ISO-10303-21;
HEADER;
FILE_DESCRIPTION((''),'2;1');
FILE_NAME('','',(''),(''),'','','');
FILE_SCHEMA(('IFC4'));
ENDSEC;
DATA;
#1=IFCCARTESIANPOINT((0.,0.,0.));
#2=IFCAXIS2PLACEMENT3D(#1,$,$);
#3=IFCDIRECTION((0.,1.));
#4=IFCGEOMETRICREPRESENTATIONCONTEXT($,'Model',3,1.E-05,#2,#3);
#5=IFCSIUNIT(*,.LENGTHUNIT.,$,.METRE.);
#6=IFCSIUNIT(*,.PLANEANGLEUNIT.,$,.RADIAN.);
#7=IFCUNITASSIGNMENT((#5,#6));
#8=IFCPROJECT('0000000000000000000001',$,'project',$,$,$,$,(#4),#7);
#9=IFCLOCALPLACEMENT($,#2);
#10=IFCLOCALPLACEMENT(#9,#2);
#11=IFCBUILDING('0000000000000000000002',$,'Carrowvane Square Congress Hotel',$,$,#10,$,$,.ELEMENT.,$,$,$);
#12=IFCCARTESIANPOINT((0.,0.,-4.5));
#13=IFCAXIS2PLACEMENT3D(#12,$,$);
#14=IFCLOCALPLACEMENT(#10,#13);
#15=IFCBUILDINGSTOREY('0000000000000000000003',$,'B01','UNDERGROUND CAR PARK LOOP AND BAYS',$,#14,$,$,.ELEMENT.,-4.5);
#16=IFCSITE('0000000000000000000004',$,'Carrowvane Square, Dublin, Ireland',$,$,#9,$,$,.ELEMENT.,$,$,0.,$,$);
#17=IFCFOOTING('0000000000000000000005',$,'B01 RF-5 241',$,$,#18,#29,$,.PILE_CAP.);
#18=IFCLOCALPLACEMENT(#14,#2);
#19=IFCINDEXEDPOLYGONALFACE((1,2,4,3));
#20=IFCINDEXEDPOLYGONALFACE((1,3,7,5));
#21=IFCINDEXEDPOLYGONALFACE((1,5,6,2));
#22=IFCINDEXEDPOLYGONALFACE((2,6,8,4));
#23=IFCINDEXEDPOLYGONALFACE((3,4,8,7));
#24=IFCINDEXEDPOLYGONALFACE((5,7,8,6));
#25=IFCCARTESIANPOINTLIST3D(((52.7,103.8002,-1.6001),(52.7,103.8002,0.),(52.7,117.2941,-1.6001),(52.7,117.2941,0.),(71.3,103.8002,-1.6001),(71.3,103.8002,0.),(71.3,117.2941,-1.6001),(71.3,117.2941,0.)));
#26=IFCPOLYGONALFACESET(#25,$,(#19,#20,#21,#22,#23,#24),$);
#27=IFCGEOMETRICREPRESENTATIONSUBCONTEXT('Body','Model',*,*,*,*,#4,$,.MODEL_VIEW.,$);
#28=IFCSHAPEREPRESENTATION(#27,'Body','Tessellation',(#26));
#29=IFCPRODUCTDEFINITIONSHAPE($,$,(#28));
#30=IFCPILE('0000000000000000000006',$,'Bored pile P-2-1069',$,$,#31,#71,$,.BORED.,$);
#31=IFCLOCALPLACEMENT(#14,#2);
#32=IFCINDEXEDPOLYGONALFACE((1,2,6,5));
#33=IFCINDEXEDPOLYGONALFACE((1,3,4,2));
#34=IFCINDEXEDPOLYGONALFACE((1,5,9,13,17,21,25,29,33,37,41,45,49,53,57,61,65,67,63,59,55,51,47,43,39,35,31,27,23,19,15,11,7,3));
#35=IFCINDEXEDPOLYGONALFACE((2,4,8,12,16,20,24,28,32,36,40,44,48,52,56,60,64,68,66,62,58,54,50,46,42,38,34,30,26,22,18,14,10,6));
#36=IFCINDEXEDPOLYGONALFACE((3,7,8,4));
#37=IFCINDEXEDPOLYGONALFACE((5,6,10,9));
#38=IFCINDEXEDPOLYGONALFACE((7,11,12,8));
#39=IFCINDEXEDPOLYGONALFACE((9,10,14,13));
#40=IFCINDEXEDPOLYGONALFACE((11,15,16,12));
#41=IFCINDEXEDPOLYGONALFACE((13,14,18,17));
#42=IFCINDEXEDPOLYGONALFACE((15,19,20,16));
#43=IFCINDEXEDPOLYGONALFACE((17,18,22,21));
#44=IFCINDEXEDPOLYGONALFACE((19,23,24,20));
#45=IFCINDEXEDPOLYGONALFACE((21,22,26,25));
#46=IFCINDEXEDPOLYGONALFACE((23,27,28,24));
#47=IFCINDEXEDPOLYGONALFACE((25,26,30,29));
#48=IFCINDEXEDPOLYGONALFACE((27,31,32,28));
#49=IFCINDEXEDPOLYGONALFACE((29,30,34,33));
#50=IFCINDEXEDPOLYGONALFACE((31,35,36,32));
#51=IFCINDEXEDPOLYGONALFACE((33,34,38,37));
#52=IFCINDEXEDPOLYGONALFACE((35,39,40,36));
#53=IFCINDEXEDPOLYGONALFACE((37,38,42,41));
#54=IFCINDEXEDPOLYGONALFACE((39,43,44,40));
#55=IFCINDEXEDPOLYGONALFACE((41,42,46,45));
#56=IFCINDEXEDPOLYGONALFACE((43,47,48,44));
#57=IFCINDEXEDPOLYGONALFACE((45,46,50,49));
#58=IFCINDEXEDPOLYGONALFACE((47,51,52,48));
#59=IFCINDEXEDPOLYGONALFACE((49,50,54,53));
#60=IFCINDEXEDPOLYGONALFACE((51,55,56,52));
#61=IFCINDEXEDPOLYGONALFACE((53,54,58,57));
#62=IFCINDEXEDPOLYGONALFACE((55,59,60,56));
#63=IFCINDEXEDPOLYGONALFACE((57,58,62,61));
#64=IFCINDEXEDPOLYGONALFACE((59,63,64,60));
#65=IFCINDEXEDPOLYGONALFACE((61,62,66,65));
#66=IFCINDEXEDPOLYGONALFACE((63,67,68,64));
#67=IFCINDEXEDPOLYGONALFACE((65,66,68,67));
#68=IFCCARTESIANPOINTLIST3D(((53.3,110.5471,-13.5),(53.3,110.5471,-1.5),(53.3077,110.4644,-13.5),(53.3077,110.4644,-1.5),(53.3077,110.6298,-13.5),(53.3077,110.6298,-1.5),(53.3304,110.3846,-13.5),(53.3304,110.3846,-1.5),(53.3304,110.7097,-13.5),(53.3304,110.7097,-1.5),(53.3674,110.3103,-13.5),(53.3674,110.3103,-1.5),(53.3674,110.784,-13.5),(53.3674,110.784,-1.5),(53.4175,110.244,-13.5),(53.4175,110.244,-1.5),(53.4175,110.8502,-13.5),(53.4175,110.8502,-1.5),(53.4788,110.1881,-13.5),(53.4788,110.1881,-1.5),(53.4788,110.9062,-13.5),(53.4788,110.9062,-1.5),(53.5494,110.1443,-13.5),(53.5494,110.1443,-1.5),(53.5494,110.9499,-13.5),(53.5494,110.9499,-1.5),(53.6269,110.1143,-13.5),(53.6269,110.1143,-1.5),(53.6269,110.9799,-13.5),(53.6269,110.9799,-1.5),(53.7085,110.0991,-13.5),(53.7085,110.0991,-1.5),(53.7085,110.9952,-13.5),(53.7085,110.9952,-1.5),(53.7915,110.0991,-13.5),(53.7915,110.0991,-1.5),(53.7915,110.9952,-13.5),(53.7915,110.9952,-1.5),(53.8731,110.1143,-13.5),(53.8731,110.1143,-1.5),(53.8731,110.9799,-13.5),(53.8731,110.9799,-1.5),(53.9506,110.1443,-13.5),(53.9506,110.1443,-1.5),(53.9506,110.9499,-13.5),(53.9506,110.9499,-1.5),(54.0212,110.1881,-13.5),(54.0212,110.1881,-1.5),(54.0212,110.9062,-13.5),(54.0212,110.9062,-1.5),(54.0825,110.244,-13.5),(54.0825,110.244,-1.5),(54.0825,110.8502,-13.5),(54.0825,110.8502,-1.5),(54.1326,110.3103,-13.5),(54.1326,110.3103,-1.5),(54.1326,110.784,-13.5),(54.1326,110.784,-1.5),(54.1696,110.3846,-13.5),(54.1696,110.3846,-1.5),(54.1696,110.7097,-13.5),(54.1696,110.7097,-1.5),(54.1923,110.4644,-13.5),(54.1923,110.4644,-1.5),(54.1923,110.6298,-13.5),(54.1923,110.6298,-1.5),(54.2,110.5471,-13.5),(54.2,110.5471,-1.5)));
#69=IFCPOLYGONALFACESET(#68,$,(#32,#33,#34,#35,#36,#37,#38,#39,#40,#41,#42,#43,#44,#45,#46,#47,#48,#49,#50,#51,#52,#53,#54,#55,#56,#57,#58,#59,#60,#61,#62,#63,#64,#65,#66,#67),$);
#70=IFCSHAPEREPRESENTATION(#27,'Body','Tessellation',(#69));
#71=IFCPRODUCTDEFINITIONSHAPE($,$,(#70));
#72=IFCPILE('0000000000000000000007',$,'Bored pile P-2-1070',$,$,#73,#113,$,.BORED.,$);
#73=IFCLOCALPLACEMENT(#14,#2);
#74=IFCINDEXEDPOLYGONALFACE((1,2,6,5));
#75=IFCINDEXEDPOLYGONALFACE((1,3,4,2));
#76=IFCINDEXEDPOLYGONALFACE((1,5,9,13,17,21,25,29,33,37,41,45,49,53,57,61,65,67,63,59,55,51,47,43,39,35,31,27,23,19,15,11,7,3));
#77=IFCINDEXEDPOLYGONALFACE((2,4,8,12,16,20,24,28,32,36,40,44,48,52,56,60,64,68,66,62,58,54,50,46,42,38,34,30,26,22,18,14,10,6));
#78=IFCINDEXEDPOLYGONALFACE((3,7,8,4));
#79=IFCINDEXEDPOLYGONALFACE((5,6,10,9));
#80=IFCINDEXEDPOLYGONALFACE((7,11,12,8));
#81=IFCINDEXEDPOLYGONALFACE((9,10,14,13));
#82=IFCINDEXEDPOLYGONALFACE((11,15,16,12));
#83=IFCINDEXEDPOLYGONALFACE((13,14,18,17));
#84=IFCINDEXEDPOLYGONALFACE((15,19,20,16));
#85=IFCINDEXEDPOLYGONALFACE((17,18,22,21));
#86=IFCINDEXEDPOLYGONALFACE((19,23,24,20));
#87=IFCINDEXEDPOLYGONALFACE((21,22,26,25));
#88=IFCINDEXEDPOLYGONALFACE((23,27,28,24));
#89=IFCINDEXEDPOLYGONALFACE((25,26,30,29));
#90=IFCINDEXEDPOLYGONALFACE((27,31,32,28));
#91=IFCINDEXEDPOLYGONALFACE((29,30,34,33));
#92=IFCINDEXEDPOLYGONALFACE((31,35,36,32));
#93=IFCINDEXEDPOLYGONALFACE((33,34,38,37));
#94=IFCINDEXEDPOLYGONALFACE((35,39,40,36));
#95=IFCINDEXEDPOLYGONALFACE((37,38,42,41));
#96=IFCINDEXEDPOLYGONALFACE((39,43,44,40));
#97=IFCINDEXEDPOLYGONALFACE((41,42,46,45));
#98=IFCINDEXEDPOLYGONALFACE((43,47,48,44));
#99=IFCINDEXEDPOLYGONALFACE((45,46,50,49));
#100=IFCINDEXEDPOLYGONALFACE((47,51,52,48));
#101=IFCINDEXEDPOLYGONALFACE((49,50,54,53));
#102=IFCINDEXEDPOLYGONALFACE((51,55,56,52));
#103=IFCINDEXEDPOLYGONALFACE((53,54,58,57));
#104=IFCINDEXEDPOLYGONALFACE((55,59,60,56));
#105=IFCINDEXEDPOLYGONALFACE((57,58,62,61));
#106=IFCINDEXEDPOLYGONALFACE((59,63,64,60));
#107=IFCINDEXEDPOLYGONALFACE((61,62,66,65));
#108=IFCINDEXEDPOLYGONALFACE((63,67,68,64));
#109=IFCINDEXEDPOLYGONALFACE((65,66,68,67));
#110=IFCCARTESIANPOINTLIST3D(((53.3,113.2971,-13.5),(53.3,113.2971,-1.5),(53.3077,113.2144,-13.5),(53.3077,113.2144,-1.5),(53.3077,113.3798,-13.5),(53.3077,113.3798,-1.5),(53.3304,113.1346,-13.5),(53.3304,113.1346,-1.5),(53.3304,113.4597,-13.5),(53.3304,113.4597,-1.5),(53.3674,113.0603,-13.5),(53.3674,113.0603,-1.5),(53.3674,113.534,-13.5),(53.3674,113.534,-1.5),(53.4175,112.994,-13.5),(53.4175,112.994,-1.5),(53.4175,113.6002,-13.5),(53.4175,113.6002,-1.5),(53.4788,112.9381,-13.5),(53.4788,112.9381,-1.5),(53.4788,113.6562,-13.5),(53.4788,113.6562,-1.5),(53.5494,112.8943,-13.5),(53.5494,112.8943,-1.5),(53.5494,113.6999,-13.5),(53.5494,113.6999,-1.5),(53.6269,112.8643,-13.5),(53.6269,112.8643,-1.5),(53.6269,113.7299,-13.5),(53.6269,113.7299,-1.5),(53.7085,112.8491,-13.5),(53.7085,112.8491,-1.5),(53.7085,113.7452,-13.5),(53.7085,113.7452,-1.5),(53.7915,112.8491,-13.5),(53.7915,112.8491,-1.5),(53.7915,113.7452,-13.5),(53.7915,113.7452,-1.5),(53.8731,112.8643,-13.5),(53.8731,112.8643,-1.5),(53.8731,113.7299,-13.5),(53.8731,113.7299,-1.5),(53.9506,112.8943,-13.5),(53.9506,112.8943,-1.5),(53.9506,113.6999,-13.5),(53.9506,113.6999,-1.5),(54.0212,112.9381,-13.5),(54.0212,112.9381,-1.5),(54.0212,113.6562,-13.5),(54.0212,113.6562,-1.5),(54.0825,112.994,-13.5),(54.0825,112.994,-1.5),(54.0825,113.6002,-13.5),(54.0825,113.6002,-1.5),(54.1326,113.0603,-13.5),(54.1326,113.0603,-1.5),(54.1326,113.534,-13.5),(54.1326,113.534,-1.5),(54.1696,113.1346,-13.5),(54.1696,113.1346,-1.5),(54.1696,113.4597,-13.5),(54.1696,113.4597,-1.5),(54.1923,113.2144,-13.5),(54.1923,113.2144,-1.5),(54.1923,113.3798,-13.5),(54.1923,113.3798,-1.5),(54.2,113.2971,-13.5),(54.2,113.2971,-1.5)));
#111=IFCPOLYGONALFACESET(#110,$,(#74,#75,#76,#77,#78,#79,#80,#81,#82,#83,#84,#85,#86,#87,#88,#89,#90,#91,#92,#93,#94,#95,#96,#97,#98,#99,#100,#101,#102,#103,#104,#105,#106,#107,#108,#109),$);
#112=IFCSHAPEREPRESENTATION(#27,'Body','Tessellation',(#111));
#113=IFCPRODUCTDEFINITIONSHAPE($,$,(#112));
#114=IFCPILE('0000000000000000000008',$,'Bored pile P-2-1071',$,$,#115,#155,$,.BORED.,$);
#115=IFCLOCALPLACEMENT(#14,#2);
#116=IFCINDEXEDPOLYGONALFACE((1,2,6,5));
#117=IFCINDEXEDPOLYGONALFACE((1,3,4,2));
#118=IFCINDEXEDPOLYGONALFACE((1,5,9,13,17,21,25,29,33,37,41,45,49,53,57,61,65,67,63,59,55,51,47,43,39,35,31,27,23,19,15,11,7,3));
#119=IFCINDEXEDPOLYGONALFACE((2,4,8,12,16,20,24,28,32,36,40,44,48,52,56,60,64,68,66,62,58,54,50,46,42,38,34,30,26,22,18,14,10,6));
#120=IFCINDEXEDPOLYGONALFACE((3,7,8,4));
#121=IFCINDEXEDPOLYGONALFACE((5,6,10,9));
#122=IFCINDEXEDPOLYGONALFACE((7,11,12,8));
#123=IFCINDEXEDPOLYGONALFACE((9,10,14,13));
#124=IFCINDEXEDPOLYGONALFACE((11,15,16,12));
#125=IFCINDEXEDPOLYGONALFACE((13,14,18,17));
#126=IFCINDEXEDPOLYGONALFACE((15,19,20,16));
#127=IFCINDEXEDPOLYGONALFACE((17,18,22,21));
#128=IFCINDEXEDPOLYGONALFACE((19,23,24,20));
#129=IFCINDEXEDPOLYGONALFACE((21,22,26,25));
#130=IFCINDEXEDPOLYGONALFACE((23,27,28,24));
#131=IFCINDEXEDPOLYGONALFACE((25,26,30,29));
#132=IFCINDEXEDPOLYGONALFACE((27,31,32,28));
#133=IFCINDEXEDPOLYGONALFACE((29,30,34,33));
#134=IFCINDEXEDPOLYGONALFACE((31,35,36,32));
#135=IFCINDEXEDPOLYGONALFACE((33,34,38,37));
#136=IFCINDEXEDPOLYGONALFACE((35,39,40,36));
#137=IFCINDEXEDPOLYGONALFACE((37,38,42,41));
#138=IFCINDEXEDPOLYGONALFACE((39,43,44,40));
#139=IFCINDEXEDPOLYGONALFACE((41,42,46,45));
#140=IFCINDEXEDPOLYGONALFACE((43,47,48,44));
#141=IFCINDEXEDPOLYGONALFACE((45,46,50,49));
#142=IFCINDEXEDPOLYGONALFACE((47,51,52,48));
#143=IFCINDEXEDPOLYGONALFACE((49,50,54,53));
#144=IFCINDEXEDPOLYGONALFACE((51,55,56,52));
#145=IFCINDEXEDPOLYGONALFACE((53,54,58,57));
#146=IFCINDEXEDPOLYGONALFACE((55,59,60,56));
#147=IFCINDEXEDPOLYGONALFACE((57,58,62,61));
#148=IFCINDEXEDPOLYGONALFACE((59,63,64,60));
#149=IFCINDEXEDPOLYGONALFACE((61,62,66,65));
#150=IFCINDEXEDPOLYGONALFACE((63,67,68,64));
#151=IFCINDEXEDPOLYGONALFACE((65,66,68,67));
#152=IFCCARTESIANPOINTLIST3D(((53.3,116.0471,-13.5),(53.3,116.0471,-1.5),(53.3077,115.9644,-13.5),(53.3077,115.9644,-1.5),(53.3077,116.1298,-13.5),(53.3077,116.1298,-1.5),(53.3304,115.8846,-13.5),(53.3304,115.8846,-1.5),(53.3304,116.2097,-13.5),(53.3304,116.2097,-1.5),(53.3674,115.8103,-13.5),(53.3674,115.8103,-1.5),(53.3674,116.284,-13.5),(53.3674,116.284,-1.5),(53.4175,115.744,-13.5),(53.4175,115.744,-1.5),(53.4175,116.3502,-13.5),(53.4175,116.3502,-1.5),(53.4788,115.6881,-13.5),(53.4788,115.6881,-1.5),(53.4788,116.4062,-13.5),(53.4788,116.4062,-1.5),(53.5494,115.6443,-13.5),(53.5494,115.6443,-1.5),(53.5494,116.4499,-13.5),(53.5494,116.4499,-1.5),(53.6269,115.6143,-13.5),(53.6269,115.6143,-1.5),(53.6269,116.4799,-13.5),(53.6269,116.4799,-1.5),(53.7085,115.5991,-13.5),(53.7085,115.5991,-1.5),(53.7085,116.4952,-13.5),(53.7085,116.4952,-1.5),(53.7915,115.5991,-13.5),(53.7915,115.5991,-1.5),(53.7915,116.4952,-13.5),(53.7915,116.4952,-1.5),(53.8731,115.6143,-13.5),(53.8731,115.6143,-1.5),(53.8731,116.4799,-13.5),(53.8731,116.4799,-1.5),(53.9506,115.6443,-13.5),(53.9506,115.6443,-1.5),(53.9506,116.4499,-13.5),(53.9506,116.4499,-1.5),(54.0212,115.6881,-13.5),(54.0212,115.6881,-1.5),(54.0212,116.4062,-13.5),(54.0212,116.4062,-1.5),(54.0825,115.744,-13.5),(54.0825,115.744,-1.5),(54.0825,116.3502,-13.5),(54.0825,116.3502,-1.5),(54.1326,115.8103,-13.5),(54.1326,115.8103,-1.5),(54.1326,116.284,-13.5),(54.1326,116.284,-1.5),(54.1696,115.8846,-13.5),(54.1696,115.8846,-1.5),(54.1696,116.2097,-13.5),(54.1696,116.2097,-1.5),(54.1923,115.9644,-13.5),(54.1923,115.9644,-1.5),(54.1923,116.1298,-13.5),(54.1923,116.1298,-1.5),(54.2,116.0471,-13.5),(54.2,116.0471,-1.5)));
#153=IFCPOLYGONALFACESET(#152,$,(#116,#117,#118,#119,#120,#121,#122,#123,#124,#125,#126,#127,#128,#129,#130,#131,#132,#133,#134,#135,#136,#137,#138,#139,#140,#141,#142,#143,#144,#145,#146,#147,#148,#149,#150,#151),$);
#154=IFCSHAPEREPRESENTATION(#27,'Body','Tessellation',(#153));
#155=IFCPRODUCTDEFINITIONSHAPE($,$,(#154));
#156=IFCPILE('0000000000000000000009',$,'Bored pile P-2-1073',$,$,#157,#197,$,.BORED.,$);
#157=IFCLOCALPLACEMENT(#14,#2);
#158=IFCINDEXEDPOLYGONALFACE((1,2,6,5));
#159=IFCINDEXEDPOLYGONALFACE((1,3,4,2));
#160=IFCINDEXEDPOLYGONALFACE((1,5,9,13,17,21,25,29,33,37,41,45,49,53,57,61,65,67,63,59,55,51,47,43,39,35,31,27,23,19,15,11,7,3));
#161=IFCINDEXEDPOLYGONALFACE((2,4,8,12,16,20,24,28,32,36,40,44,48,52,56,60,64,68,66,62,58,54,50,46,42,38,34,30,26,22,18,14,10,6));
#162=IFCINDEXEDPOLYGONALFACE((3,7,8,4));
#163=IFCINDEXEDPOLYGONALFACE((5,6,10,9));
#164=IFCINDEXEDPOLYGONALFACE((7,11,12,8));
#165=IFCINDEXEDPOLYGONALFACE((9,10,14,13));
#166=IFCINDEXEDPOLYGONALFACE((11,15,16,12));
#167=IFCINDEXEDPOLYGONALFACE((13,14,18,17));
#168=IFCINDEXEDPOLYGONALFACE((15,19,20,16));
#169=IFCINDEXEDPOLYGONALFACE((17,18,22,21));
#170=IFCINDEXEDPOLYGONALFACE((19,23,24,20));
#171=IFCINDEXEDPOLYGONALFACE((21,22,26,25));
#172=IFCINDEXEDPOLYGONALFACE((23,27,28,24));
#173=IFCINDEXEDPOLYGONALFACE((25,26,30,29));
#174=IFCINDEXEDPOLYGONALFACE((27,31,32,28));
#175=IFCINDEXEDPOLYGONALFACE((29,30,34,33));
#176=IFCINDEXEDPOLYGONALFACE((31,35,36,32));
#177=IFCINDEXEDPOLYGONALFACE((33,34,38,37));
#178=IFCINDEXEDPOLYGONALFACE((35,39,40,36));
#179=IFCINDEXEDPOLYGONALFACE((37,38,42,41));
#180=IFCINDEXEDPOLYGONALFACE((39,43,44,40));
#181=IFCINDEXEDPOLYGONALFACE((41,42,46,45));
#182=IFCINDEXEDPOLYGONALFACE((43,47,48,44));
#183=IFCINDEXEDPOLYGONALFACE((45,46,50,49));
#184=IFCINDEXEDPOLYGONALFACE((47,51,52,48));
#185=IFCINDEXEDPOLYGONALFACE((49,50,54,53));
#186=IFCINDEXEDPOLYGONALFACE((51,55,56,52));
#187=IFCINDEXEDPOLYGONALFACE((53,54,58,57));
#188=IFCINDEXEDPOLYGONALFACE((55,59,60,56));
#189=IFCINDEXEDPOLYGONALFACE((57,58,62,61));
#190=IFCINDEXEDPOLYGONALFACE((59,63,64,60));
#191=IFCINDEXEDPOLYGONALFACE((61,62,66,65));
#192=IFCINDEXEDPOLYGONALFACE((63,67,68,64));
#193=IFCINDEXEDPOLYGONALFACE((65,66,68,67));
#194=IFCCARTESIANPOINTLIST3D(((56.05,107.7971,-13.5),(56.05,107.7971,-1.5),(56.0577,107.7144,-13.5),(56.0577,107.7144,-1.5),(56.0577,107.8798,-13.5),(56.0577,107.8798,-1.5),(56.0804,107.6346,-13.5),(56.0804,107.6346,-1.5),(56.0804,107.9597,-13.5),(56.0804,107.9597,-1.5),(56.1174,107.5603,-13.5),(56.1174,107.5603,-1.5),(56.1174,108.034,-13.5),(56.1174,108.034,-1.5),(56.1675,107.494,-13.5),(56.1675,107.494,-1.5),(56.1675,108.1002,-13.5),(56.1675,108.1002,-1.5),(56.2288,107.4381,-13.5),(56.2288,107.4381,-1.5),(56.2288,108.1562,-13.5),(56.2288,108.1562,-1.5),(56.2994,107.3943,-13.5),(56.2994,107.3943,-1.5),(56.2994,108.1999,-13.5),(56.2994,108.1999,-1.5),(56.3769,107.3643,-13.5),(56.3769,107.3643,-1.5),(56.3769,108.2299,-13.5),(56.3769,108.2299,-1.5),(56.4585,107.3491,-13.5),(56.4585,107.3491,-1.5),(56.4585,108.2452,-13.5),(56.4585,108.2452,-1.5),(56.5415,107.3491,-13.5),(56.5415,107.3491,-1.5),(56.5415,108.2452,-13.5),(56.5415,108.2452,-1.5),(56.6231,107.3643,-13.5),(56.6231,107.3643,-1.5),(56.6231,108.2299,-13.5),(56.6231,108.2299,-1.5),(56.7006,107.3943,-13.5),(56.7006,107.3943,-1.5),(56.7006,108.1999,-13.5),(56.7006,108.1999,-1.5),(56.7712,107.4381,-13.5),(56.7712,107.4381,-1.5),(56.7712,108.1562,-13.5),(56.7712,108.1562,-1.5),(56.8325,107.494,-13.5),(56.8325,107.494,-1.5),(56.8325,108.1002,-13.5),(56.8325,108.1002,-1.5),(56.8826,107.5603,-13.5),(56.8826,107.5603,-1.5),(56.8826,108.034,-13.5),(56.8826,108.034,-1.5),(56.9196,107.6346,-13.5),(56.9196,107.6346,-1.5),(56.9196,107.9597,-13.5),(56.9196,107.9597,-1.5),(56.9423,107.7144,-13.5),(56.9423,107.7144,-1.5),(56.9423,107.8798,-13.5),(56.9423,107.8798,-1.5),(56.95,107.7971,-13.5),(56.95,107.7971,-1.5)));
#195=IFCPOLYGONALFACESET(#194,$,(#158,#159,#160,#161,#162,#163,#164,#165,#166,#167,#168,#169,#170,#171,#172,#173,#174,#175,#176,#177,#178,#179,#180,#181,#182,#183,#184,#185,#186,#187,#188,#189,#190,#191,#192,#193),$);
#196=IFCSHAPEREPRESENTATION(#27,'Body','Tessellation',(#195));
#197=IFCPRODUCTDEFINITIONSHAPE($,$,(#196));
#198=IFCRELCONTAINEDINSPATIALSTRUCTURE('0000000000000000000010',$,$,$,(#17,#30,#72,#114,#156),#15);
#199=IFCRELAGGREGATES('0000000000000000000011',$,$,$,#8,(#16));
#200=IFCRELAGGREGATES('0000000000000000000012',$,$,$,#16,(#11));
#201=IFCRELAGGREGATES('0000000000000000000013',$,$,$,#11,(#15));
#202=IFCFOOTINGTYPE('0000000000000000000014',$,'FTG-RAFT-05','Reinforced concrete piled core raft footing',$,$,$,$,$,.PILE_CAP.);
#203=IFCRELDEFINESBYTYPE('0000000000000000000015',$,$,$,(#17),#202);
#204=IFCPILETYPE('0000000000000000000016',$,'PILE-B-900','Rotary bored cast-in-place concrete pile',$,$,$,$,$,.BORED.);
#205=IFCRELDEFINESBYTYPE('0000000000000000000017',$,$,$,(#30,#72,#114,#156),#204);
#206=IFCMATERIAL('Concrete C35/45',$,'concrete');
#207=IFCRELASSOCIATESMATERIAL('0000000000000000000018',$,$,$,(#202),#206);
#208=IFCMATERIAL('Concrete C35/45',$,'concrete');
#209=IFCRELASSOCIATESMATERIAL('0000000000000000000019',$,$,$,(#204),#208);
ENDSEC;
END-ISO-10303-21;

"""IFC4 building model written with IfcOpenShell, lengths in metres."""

from ifc_helpers import new_model, si_unit, direction, frame, origin, origin_2d, place, context, subcontext, project, spatial, rectangle, circle, extrude, material, material_profile, profile_set, type_object, element, save


model = new_model("IFC4")

# Units and contexts
model_context = context("Model", 3, precision=1e-05, world=origin(), true_north=direction((0.0, 1.0)))
body_context = subcontext(model_context, "Body", "Model", "MODEL_VIEW")
ifc_project = project(units=[si_unit("LENGTHUNIT", "METRE"), si_unit("PLANEANGLEUNIT", "RADIAN")], contexts=[model_context])

# Site, building, storey
site_placement = place(None, origin())
site = spatial("IfcSite", under=ifc_project, at=site_placement, Name="Carrowvane Square, Dublin, Ireland", CompositionType="ELEMENT", RefElevation=0.0)
building_placement = place(site_placement, origin())
building = spatial("IfcBuilding", under=site, at=building_placement, Name="Carrowvane Square Congress Hotel", CompositionType="ELEMENT")
storey_placement = place(building_placement, frame((0.0, 0.0, -4.5)))
storey = spatial("IfcBuildingStorey", under=building, at=storey_placement, Name="B01", Description="UNDERGROUND CAR PARK LOOP AND BAYS", CompositionType="ELEMENT", Elevation=-4.5)

# Footing
ifc_material_1 = material(Name="Concrete C35/45", Category="concrete")
footing_type = type_object("IfcFootingType", Name="FTG-RAFT-05", Description="Reinforced concrete piled core raft footing", PredefinedType="PILE_CAP", material=ifc_material_1)
footing_placement = place(storey_placement, frame((62.0, 110.5471, -1.6001), z_axis=(0.0, 0.0, 1.0), x_axis=(1.0, 0.0, 0.0)))
element("IfcFooting", 1, at=footing_placement, inside=storey, type_object=footing_type, Name="B01 RF-5 241", PredefinedType="PILE_CAP", context=body_context, shape_type="SweptSolid", body=[
    extrude(rectangle(XDim=18.6001, YDim=13.4939, at=origin_2d()), origin(), (0.0, 0.0, 1.0), 1.6001),
])

# Piles
ifc_material_2 = material(Name="Concrete C35/45", Category="concrete")
ifc_material_profile_1 = material_profile(ifc_material_2, circle(Radius=0.45, at=origin_2d()), Name="PILE D900")
ifc_profile_set_1 = profile_set([ifc_material_profile_1], Name="Concrete C35/45")
pile_type = type_object("IfcPileType", Name="PILE-B-900", Description="Rotary bored cast-in-place concrete pile", PredefinedType="BORED", material=ifc_profile_set_1)
for number, where, z_axis, x_axis, name in (
    (2, (53.75, 110.5471, -1.5), (0.0, 0.0, -1.0), (1.0, 0.0, 0.0), "Bored pile P-2-1069"),
    (3, (53.75, 113.2971, -1.5), (0.0, 0.0, -1.0), (1.0, 0.0, 0.0), "Bored pile P-2-1070"),
    (4, (53.75, 116.0471, -1.5), (0.0, 0.0, -1.0), (1.0, 0.0, 0.0), "Bored pile P-2-1071"),
    (5, (56.5, 107.7971, -1.5), (0.0, 0.0, -1.0), (1.0, 0.0, 0.0), "Bored pile P-2-1073"),
):
    element("IfcPile", number, at=place(storey_placement, frame(where, z_axis=z_axis, x_axis=x_axis)), inside=storey, type_object=pile_type, Name=name, PredefinedType="BORED", context=body_context, shape_type="SweptSolid", body=[
        extrude(circle(Radius=0.45, at=origin_2d()), origin(), (0.0, 0.0, 1.0), 12.0),
    ])

save(model, "model.ifc")
